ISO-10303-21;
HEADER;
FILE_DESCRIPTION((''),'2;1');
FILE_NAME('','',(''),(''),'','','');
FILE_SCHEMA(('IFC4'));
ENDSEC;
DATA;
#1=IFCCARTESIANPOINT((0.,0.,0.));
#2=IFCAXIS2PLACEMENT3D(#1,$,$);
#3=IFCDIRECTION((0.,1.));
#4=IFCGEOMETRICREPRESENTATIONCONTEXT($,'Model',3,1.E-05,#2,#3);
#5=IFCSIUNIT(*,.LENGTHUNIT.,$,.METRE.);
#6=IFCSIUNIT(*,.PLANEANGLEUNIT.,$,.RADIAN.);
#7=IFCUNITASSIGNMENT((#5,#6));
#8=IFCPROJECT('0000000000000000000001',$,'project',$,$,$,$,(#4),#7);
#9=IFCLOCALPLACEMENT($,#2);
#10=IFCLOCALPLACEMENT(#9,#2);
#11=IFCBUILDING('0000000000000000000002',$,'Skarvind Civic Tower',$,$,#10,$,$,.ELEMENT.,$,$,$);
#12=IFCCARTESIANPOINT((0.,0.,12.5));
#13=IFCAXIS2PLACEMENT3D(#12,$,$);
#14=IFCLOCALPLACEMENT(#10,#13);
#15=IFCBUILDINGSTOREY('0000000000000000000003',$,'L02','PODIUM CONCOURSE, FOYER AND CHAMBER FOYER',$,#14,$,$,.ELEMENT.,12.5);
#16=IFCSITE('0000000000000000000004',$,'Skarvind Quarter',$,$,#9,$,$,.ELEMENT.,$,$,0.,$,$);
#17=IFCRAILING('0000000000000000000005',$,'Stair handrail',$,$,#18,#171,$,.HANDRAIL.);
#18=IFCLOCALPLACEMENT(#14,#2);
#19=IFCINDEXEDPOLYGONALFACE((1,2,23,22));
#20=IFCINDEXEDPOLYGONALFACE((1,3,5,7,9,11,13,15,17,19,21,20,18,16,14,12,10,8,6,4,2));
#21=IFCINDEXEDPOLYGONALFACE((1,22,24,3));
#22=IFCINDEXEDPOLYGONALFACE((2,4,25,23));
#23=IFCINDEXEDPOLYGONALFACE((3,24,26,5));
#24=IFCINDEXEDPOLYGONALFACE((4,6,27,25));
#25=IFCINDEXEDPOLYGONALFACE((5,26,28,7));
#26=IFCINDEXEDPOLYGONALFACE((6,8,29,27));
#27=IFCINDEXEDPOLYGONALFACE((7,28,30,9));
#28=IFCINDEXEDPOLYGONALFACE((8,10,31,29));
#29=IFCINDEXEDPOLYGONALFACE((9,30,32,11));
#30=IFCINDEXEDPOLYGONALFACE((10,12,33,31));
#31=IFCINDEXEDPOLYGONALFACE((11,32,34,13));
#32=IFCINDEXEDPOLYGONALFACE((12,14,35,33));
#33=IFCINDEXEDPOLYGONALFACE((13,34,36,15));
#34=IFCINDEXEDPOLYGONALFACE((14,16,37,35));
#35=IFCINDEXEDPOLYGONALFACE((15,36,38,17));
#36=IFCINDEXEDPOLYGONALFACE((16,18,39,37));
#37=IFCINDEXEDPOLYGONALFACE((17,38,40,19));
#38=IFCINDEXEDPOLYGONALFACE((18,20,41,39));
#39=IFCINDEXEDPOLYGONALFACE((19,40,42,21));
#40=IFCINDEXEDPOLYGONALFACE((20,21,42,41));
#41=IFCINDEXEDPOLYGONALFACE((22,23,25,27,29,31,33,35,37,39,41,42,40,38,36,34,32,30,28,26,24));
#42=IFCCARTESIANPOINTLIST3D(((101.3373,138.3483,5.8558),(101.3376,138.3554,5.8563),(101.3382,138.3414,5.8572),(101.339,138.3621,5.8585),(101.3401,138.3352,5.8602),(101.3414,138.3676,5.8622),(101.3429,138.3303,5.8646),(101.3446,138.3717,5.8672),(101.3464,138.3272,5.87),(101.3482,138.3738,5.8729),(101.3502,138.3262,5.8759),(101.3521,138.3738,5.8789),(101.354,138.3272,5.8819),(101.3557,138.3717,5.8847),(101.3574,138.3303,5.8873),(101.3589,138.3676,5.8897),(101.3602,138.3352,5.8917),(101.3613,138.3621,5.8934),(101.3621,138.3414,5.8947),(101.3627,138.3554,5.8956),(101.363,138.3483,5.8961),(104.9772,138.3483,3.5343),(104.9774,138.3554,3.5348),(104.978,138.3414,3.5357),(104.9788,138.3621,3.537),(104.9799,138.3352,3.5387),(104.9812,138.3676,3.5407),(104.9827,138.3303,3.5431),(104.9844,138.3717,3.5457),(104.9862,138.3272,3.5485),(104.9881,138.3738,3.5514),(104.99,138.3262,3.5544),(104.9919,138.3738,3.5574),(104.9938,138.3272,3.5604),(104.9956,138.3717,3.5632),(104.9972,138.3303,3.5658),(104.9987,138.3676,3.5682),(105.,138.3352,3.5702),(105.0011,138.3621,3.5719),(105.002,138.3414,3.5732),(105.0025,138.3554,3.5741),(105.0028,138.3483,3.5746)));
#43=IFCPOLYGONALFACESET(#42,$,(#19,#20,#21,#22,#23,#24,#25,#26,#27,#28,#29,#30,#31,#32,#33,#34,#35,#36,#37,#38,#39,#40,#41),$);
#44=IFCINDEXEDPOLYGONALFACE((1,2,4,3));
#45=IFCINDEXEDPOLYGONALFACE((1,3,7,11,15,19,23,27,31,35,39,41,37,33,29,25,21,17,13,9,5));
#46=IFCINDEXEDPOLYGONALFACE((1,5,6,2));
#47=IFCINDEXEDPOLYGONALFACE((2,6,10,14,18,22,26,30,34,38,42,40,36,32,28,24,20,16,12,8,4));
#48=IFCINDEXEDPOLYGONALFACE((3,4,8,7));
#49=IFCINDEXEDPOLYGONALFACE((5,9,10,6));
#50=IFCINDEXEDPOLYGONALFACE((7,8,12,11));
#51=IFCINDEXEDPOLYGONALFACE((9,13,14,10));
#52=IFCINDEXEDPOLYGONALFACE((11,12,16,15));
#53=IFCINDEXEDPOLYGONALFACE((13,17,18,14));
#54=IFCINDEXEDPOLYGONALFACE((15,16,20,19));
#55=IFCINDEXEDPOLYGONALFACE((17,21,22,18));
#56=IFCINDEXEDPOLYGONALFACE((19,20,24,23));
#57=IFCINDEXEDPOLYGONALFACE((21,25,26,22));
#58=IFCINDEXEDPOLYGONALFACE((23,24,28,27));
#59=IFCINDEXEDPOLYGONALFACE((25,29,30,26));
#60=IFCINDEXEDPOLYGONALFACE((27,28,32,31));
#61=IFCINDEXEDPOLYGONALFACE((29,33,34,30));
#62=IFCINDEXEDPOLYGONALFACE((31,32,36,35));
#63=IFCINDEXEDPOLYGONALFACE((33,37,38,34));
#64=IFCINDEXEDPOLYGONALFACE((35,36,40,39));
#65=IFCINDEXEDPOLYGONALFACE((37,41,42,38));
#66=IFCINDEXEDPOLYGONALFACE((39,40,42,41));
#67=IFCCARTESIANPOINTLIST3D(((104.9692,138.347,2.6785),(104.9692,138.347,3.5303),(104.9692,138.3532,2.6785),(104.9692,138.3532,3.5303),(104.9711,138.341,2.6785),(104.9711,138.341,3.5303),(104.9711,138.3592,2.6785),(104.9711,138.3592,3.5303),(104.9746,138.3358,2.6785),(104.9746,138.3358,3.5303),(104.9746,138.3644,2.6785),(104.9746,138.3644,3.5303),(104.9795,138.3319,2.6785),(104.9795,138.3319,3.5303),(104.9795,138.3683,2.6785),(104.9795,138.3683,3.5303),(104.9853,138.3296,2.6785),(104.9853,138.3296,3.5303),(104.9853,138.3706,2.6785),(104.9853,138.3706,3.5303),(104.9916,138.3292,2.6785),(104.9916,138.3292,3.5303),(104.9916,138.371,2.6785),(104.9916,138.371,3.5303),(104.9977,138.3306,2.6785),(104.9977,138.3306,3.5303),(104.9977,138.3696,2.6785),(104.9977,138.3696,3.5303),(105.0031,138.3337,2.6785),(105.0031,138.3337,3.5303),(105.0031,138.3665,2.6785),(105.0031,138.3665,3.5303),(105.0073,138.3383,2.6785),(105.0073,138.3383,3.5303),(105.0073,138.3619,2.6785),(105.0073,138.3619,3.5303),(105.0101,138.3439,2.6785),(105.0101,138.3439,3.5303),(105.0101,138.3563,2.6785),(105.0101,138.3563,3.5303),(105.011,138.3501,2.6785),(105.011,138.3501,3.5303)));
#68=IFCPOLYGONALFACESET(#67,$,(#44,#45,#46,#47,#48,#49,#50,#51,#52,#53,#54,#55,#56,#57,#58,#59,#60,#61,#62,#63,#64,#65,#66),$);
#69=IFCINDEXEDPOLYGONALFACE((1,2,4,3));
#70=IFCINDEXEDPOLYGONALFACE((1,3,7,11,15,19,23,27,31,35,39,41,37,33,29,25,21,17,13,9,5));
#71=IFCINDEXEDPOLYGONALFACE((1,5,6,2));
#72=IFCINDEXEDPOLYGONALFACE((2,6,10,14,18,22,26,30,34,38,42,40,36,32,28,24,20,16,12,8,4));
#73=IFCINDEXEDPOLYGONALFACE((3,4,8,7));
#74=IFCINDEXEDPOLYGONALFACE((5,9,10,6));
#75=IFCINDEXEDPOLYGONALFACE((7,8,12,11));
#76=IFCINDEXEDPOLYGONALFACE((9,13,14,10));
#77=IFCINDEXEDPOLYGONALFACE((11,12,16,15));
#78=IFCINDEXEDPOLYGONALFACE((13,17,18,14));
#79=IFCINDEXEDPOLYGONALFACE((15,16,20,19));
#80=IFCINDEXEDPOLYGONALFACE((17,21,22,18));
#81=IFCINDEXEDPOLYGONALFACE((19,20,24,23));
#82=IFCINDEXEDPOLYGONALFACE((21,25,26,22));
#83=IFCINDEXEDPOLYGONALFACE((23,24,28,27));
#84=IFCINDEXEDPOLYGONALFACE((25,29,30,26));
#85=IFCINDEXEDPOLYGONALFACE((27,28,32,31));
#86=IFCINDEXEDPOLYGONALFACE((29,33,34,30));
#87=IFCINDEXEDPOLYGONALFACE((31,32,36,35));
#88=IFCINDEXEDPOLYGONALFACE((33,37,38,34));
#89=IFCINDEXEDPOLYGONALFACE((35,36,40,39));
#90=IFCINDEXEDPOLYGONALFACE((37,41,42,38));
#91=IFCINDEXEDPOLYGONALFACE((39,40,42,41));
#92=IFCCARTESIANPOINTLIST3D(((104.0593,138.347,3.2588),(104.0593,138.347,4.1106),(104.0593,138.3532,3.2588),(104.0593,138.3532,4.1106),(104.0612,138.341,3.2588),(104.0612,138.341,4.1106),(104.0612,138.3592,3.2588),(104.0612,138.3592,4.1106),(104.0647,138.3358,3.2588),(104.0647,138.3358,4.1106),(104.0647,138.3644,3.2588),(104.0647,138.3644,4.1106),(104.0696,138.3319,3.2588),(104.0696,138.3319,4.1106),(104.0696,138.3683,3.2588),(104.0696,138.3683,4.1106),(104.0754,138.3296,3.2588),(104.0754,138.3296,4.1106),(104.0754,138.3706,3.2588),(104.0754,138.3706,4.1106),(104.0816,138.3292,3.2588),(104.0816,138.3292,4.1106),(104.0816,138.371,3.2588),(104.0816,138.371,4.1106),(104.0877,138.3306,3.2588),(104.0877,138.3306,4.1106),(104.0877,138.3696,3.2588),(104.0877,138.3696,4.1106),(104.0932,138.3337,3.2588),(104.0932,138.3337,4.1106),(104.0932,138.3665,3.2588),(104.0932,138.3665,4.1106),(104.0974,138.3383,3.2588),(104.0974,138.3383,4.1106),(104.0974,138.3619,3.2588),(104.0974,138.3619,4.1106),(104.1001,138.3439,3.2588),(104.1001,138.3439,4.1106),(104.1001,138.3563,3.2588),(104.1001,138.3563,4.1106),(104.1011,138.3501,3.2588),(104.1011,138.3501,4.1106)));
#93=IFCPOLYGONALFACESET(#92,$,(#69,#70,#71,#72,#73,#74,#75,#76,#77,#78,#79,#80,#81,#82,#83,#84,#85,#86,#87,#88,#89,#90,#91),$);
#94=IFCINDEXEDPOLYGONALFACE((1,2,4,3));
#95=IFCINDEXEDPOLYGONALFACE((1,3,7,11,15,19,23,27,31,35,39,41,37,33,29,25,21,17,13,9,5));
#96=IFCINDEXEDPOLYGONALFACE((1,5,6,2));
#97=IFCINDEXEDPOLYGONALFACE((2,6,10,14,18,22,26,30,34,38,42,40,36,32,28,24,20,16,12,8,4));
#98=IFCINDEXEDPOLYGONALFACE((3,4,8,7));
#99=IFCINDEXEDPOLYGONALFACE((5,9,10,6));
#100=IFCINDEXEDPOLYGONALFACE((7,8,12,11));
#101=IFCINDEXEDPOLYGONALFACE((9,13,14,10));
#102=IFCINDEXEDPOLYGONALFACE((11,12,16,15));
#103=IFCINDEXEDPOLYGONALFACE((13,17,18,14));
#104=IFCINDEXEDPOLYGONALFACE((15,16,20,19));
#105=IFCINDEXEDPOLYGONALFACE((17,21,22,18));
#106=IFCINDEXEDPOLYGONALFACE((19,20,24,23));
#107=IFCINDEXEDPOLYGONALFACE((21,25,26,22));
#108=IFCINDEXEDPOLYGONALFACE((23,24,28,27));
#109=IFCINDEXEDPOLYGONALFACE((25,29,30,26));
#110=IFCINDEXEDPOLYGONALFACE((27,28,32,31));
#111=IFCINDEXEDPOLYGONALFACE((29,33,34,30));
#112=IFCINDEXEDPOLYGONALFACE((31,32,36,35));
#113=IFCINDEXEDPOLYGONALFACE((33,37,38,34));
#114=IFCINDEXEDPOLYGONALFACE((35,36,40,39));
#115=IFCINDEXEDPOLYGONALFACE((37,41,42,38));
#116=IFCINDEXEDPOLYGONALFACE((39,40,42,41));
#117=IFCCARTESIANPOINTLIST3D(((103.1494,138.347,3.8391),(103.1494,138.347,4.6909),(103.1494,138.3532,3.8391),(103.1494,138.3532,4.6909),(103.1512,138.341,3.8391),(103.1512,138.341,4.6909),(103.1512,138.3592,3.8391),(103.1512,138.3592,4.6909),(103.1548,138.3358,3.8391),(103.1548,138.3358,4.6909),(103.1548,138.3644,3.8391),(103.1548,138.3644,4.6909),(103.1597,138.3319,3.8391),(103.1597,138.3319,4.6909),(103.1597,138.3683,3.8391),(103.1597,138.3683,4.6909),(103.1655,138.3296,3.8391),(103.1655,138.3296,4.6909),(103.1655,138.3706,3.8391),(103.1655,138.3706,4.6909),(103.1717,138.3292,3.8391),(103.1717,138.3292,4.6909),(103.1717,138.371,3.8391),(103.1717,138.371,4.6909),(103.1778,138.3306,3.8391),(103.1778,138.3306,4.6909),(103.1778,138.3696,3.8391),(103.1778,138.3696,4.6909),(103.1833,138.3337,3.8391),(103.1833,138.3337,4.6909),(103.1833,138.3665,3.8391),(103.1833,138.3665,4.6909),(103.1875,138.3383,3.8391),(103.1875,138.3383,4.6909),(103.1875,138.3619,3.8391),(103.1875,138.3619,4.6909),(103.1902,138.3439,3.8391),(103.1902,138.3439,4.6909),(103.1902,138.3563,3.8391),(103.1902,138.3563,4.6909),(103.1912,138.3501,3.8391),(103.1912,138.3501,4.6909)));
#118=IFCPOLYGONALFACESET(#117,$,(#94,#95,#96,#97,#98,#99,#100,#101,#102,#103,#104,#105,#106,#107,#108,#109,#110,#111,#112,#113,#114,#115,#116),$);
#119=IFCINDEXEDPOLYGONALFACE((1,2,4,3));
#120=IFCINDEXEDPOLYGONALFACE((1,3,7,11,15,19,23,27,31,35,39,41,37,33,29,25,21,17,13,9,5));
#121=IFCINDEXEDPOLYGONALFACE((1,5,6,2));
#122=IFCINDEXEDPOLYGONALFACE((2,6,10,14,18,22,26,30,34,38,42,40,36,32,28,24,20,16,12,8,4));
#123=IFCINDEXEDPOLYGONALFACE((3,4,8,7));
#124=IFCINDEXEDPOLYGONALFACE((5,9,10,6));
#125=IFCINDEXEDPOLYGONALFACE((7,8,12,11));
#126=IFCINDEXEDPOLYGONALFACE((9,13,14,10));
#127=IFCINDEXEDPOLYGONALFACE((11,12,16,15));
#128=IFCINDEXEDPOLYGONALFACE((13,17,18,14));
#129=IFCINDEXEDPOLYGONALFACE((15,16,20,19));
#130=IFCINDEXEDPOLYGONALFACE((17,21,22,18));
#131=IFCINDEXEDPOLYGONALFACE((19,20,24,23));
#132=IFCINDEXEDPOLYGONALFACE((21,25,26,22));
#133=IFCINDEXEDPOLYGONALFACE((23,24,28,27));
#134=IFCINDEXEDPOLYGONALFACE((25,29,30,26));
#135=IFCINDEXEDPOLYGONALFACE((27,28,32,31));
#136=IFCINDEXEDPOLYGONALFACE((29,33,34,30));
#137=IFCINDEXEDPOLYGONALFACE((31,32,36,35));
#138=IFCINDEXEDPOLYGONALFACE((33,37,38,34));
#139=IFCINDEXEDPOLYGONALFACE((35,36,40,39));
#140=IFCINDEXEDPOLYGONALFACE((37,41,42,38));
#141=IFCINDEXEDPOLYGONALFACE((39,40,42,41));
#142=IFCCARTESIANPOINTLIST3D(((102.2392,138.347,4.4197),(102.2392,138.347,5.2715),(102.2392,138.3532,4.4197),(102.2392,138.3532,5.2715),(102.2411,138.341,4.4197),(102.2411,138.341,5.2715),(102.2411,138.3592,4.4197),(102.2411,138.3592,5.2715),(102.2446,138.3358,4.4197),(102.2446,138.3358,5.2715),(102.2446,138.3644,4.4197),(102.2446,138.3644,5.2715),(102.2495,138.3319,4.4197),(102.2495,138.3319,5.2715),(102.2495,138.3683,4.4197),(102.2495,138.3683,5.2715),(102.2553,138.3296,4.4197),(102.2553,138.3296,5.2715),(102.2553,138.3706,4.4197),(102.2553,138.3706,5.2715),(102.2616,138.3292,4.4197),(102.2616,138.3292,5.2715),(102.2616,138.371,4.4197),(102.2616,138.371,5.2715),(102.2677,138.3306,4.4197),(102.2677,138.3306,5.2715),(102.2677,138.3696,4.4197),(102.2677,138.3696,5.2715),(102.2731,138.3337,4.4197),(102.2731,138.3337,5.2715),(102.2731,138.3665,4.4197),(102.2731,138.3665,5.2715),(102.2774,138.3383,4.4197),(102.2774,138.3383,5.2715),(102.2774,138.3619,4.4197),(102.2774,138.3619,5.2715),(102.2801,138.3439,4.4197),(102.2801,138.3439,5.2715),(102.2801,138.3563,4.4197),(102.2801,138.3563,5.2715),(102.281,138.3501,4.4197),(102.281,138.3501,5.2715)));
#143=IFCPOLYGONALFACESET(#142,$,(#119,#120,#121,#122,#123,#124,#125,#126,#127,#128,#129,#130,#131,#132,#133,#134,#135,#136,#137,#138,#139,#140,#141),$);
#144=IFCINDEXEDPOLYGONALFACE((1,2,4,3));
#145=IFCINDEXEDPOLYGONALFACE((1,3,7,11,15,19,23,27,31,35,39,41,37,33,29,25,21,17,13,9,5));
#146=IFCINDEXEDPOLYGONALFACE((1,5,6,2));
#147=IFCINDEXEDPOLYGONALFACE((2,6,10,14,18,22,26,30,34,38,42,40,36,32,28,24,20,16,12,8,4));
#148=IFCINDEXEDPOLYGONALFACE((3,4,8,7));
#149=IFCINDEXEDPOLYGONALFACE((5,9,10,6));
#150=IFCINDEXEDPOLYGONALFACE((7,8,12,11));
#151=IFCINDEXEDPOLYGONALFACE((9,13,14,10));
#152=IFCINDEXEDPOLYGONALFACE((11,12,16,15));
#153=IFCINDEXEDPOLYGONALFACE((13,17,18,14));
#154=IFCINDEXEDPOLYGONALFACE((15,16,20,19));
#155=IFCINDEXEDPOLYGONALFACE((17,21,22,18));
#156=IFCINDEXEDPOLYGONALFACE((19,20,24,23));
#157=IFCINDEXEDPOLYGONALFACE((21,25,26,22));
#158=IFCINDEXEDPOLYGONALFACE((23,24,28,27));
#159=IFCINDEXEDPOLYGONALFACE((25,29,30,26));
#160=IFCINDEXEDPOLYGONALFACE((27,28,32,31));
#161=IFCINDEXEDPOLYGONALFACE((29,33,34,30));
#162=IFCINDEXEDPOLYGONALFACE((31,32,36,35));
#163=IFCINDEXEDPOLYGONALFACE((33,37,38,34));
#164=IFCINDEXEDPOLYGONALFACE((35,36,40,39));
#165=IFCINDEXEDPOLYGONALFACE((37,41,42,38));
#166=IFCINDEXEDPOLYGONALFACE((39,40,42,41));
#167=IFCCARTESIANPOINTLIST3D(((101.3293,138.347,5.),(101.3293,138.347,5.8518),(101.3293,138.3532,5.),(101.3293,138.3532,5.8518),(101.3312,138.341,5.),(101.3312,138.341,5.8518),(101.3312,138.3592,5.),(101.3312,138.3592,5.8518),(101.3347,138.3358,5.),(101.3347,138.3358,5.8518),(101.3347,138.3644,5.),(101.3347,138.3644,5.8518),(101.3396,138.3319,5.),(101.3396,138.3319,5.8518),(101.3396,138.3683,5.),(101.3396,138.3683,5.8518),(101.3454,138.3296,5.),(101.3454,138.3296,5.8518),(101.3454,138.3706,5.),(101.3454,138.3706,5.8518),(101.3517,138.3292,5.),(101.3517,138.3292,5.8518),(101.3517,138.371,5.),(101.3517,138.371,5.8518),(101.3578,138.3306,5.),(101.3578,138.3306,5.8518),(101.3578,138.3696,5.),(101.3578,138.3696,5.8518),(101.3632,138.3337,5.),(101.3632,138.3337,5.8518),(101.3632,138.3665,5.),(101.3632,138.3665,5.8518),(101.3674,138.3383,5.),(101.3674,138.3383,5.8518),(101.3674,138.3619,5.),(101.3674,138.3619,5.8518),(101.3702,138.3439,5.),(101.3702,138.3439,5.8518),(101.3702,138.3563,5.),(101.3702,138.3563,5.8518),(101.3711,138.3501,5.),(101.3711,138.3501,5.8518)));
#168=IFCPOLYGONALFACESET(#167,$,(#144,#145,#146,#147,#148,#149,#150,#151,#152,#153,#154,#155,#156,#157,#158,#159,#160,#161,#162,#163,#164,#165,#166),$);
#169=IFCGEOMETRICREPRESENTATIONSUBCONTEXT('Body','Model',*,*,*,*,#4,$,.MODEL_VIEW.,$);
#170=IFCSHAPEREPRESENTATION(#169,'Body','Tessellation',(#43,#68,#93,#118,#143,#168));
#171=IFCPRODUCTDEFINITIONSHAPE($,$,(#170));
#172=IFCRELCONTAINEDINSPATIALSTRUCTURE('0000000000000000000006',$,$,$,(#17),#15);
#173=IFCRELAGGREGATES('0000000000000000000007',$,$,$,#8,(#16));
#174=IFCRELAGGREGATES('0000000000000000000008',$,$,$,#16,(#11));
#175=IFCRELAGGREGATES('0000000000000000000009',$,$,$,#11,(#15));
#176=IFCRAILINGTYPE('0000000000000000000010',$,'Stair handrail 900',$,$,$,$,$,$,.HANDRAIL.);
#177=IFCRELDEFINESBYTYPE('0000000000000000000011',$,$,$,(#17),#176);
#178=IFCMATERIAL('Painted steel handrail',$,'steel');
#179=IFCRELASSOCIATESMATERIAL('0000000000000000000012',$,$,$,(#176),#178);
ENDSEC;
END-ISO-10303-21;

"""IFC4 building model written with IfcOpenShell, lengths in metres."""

from ifc_helpers import new_model, si_unit, direction, frame, origin, origin_2d, place, context, subcontext, project, spatial, circle, extrude, material, type_object, element, save


model = new_model("IFC4")

# Units and contexts
model_context = context("Model", 3, precision=1e-05, world=origin(), true_north=direction((0.0, 1.0)))
body_context = subcontext(model_context, "Body", "Model", "MODEL_VIEW")
ifc_project = project(units=[si_unit("LENGTHUNIT", "METRE"), si_unit("PLANEANGLEUNIT", "RADIAN")], contexts=[model_context])

# Site, building, storey
site_placement = place(None, origin())
site = spatial("IfcSite", under=ifc_project, at=site_placement, Name="Skarvind Quarter", CompositionType="ELEMENT", RefElevation=0.0)
building_placement = place(site_placement, origin())
building = spatial("IfcBuilding", under=site, at=building_placement, Name="Skarvind Civic Tower", CompositionType="ELEMENT")
storey_placement = place(building_placement, frame((0.0, 0.0, 12.5)))
storey = spatial("IfcBuildingStorey", under=building, at=storey_placement, Name="L02", Description="PODIUM CONCOURSE, FOYER AND CHAMBER FOYER", CompositionType="ELEMENT", Elevation=12.5)

# Railing
ifc_material_1 = material(Name="Painted steel handrail", Category="steel")
railing_type = type_object("IfcRailingType", Name="Stair handrail 900", PredefinedType="HANDRAIL", material=ifc_material_1)
railing_placement = place(storey_placement, frame((104.99, 138.3501, 2.6785)))
element("IfcRailing", 1, at=railing_placement, inside=storey, type_object=railing_type, Name="Stair handrail", PredefinedType="HANDRAIL", context=body_context, shape_type="SweptSolid", body=[
    extrude(circle(Radius=0.0239, at=origin_2d()), frame((0.0, 0.0, 0.876), z_axis=(-0.843112, 0.0, 0.537739), x_axis=(0.0, -1.0, 0.0)), (0.0, 0.0, 1.0), 4.3171),
    extrude(circle(Radius=0.021, at=origin_2d()), origin(), (0.0, 0.0, 1.0), 0.8518),
    extrude(circle(Radius=0.021, at=origin_2d()), frame((-0.9099, 0.0, 0.5803)), (0.0, 0.0, 1.0), 0.8518),
    extrude(circle(Radius=0.021, at=origin_2d()), frame((-1.8198, 0.0, 1.1606)), (0.0, 0.0, 1.0), 0.8518),
    extrude(circle(Radius=0.021, at=origin_2d()), frame((-2.73, 0.0, 1.7412)), (0.0, 0.0, 1.0), 0.8518),
    extrude(circle(Radius=0.021, at=origin_2d()), frame((-3.6399, 0.0, 2.3215)), (0.0, 0.0, 1.0), 0.8518),
])

save(model, "model.ifc")
